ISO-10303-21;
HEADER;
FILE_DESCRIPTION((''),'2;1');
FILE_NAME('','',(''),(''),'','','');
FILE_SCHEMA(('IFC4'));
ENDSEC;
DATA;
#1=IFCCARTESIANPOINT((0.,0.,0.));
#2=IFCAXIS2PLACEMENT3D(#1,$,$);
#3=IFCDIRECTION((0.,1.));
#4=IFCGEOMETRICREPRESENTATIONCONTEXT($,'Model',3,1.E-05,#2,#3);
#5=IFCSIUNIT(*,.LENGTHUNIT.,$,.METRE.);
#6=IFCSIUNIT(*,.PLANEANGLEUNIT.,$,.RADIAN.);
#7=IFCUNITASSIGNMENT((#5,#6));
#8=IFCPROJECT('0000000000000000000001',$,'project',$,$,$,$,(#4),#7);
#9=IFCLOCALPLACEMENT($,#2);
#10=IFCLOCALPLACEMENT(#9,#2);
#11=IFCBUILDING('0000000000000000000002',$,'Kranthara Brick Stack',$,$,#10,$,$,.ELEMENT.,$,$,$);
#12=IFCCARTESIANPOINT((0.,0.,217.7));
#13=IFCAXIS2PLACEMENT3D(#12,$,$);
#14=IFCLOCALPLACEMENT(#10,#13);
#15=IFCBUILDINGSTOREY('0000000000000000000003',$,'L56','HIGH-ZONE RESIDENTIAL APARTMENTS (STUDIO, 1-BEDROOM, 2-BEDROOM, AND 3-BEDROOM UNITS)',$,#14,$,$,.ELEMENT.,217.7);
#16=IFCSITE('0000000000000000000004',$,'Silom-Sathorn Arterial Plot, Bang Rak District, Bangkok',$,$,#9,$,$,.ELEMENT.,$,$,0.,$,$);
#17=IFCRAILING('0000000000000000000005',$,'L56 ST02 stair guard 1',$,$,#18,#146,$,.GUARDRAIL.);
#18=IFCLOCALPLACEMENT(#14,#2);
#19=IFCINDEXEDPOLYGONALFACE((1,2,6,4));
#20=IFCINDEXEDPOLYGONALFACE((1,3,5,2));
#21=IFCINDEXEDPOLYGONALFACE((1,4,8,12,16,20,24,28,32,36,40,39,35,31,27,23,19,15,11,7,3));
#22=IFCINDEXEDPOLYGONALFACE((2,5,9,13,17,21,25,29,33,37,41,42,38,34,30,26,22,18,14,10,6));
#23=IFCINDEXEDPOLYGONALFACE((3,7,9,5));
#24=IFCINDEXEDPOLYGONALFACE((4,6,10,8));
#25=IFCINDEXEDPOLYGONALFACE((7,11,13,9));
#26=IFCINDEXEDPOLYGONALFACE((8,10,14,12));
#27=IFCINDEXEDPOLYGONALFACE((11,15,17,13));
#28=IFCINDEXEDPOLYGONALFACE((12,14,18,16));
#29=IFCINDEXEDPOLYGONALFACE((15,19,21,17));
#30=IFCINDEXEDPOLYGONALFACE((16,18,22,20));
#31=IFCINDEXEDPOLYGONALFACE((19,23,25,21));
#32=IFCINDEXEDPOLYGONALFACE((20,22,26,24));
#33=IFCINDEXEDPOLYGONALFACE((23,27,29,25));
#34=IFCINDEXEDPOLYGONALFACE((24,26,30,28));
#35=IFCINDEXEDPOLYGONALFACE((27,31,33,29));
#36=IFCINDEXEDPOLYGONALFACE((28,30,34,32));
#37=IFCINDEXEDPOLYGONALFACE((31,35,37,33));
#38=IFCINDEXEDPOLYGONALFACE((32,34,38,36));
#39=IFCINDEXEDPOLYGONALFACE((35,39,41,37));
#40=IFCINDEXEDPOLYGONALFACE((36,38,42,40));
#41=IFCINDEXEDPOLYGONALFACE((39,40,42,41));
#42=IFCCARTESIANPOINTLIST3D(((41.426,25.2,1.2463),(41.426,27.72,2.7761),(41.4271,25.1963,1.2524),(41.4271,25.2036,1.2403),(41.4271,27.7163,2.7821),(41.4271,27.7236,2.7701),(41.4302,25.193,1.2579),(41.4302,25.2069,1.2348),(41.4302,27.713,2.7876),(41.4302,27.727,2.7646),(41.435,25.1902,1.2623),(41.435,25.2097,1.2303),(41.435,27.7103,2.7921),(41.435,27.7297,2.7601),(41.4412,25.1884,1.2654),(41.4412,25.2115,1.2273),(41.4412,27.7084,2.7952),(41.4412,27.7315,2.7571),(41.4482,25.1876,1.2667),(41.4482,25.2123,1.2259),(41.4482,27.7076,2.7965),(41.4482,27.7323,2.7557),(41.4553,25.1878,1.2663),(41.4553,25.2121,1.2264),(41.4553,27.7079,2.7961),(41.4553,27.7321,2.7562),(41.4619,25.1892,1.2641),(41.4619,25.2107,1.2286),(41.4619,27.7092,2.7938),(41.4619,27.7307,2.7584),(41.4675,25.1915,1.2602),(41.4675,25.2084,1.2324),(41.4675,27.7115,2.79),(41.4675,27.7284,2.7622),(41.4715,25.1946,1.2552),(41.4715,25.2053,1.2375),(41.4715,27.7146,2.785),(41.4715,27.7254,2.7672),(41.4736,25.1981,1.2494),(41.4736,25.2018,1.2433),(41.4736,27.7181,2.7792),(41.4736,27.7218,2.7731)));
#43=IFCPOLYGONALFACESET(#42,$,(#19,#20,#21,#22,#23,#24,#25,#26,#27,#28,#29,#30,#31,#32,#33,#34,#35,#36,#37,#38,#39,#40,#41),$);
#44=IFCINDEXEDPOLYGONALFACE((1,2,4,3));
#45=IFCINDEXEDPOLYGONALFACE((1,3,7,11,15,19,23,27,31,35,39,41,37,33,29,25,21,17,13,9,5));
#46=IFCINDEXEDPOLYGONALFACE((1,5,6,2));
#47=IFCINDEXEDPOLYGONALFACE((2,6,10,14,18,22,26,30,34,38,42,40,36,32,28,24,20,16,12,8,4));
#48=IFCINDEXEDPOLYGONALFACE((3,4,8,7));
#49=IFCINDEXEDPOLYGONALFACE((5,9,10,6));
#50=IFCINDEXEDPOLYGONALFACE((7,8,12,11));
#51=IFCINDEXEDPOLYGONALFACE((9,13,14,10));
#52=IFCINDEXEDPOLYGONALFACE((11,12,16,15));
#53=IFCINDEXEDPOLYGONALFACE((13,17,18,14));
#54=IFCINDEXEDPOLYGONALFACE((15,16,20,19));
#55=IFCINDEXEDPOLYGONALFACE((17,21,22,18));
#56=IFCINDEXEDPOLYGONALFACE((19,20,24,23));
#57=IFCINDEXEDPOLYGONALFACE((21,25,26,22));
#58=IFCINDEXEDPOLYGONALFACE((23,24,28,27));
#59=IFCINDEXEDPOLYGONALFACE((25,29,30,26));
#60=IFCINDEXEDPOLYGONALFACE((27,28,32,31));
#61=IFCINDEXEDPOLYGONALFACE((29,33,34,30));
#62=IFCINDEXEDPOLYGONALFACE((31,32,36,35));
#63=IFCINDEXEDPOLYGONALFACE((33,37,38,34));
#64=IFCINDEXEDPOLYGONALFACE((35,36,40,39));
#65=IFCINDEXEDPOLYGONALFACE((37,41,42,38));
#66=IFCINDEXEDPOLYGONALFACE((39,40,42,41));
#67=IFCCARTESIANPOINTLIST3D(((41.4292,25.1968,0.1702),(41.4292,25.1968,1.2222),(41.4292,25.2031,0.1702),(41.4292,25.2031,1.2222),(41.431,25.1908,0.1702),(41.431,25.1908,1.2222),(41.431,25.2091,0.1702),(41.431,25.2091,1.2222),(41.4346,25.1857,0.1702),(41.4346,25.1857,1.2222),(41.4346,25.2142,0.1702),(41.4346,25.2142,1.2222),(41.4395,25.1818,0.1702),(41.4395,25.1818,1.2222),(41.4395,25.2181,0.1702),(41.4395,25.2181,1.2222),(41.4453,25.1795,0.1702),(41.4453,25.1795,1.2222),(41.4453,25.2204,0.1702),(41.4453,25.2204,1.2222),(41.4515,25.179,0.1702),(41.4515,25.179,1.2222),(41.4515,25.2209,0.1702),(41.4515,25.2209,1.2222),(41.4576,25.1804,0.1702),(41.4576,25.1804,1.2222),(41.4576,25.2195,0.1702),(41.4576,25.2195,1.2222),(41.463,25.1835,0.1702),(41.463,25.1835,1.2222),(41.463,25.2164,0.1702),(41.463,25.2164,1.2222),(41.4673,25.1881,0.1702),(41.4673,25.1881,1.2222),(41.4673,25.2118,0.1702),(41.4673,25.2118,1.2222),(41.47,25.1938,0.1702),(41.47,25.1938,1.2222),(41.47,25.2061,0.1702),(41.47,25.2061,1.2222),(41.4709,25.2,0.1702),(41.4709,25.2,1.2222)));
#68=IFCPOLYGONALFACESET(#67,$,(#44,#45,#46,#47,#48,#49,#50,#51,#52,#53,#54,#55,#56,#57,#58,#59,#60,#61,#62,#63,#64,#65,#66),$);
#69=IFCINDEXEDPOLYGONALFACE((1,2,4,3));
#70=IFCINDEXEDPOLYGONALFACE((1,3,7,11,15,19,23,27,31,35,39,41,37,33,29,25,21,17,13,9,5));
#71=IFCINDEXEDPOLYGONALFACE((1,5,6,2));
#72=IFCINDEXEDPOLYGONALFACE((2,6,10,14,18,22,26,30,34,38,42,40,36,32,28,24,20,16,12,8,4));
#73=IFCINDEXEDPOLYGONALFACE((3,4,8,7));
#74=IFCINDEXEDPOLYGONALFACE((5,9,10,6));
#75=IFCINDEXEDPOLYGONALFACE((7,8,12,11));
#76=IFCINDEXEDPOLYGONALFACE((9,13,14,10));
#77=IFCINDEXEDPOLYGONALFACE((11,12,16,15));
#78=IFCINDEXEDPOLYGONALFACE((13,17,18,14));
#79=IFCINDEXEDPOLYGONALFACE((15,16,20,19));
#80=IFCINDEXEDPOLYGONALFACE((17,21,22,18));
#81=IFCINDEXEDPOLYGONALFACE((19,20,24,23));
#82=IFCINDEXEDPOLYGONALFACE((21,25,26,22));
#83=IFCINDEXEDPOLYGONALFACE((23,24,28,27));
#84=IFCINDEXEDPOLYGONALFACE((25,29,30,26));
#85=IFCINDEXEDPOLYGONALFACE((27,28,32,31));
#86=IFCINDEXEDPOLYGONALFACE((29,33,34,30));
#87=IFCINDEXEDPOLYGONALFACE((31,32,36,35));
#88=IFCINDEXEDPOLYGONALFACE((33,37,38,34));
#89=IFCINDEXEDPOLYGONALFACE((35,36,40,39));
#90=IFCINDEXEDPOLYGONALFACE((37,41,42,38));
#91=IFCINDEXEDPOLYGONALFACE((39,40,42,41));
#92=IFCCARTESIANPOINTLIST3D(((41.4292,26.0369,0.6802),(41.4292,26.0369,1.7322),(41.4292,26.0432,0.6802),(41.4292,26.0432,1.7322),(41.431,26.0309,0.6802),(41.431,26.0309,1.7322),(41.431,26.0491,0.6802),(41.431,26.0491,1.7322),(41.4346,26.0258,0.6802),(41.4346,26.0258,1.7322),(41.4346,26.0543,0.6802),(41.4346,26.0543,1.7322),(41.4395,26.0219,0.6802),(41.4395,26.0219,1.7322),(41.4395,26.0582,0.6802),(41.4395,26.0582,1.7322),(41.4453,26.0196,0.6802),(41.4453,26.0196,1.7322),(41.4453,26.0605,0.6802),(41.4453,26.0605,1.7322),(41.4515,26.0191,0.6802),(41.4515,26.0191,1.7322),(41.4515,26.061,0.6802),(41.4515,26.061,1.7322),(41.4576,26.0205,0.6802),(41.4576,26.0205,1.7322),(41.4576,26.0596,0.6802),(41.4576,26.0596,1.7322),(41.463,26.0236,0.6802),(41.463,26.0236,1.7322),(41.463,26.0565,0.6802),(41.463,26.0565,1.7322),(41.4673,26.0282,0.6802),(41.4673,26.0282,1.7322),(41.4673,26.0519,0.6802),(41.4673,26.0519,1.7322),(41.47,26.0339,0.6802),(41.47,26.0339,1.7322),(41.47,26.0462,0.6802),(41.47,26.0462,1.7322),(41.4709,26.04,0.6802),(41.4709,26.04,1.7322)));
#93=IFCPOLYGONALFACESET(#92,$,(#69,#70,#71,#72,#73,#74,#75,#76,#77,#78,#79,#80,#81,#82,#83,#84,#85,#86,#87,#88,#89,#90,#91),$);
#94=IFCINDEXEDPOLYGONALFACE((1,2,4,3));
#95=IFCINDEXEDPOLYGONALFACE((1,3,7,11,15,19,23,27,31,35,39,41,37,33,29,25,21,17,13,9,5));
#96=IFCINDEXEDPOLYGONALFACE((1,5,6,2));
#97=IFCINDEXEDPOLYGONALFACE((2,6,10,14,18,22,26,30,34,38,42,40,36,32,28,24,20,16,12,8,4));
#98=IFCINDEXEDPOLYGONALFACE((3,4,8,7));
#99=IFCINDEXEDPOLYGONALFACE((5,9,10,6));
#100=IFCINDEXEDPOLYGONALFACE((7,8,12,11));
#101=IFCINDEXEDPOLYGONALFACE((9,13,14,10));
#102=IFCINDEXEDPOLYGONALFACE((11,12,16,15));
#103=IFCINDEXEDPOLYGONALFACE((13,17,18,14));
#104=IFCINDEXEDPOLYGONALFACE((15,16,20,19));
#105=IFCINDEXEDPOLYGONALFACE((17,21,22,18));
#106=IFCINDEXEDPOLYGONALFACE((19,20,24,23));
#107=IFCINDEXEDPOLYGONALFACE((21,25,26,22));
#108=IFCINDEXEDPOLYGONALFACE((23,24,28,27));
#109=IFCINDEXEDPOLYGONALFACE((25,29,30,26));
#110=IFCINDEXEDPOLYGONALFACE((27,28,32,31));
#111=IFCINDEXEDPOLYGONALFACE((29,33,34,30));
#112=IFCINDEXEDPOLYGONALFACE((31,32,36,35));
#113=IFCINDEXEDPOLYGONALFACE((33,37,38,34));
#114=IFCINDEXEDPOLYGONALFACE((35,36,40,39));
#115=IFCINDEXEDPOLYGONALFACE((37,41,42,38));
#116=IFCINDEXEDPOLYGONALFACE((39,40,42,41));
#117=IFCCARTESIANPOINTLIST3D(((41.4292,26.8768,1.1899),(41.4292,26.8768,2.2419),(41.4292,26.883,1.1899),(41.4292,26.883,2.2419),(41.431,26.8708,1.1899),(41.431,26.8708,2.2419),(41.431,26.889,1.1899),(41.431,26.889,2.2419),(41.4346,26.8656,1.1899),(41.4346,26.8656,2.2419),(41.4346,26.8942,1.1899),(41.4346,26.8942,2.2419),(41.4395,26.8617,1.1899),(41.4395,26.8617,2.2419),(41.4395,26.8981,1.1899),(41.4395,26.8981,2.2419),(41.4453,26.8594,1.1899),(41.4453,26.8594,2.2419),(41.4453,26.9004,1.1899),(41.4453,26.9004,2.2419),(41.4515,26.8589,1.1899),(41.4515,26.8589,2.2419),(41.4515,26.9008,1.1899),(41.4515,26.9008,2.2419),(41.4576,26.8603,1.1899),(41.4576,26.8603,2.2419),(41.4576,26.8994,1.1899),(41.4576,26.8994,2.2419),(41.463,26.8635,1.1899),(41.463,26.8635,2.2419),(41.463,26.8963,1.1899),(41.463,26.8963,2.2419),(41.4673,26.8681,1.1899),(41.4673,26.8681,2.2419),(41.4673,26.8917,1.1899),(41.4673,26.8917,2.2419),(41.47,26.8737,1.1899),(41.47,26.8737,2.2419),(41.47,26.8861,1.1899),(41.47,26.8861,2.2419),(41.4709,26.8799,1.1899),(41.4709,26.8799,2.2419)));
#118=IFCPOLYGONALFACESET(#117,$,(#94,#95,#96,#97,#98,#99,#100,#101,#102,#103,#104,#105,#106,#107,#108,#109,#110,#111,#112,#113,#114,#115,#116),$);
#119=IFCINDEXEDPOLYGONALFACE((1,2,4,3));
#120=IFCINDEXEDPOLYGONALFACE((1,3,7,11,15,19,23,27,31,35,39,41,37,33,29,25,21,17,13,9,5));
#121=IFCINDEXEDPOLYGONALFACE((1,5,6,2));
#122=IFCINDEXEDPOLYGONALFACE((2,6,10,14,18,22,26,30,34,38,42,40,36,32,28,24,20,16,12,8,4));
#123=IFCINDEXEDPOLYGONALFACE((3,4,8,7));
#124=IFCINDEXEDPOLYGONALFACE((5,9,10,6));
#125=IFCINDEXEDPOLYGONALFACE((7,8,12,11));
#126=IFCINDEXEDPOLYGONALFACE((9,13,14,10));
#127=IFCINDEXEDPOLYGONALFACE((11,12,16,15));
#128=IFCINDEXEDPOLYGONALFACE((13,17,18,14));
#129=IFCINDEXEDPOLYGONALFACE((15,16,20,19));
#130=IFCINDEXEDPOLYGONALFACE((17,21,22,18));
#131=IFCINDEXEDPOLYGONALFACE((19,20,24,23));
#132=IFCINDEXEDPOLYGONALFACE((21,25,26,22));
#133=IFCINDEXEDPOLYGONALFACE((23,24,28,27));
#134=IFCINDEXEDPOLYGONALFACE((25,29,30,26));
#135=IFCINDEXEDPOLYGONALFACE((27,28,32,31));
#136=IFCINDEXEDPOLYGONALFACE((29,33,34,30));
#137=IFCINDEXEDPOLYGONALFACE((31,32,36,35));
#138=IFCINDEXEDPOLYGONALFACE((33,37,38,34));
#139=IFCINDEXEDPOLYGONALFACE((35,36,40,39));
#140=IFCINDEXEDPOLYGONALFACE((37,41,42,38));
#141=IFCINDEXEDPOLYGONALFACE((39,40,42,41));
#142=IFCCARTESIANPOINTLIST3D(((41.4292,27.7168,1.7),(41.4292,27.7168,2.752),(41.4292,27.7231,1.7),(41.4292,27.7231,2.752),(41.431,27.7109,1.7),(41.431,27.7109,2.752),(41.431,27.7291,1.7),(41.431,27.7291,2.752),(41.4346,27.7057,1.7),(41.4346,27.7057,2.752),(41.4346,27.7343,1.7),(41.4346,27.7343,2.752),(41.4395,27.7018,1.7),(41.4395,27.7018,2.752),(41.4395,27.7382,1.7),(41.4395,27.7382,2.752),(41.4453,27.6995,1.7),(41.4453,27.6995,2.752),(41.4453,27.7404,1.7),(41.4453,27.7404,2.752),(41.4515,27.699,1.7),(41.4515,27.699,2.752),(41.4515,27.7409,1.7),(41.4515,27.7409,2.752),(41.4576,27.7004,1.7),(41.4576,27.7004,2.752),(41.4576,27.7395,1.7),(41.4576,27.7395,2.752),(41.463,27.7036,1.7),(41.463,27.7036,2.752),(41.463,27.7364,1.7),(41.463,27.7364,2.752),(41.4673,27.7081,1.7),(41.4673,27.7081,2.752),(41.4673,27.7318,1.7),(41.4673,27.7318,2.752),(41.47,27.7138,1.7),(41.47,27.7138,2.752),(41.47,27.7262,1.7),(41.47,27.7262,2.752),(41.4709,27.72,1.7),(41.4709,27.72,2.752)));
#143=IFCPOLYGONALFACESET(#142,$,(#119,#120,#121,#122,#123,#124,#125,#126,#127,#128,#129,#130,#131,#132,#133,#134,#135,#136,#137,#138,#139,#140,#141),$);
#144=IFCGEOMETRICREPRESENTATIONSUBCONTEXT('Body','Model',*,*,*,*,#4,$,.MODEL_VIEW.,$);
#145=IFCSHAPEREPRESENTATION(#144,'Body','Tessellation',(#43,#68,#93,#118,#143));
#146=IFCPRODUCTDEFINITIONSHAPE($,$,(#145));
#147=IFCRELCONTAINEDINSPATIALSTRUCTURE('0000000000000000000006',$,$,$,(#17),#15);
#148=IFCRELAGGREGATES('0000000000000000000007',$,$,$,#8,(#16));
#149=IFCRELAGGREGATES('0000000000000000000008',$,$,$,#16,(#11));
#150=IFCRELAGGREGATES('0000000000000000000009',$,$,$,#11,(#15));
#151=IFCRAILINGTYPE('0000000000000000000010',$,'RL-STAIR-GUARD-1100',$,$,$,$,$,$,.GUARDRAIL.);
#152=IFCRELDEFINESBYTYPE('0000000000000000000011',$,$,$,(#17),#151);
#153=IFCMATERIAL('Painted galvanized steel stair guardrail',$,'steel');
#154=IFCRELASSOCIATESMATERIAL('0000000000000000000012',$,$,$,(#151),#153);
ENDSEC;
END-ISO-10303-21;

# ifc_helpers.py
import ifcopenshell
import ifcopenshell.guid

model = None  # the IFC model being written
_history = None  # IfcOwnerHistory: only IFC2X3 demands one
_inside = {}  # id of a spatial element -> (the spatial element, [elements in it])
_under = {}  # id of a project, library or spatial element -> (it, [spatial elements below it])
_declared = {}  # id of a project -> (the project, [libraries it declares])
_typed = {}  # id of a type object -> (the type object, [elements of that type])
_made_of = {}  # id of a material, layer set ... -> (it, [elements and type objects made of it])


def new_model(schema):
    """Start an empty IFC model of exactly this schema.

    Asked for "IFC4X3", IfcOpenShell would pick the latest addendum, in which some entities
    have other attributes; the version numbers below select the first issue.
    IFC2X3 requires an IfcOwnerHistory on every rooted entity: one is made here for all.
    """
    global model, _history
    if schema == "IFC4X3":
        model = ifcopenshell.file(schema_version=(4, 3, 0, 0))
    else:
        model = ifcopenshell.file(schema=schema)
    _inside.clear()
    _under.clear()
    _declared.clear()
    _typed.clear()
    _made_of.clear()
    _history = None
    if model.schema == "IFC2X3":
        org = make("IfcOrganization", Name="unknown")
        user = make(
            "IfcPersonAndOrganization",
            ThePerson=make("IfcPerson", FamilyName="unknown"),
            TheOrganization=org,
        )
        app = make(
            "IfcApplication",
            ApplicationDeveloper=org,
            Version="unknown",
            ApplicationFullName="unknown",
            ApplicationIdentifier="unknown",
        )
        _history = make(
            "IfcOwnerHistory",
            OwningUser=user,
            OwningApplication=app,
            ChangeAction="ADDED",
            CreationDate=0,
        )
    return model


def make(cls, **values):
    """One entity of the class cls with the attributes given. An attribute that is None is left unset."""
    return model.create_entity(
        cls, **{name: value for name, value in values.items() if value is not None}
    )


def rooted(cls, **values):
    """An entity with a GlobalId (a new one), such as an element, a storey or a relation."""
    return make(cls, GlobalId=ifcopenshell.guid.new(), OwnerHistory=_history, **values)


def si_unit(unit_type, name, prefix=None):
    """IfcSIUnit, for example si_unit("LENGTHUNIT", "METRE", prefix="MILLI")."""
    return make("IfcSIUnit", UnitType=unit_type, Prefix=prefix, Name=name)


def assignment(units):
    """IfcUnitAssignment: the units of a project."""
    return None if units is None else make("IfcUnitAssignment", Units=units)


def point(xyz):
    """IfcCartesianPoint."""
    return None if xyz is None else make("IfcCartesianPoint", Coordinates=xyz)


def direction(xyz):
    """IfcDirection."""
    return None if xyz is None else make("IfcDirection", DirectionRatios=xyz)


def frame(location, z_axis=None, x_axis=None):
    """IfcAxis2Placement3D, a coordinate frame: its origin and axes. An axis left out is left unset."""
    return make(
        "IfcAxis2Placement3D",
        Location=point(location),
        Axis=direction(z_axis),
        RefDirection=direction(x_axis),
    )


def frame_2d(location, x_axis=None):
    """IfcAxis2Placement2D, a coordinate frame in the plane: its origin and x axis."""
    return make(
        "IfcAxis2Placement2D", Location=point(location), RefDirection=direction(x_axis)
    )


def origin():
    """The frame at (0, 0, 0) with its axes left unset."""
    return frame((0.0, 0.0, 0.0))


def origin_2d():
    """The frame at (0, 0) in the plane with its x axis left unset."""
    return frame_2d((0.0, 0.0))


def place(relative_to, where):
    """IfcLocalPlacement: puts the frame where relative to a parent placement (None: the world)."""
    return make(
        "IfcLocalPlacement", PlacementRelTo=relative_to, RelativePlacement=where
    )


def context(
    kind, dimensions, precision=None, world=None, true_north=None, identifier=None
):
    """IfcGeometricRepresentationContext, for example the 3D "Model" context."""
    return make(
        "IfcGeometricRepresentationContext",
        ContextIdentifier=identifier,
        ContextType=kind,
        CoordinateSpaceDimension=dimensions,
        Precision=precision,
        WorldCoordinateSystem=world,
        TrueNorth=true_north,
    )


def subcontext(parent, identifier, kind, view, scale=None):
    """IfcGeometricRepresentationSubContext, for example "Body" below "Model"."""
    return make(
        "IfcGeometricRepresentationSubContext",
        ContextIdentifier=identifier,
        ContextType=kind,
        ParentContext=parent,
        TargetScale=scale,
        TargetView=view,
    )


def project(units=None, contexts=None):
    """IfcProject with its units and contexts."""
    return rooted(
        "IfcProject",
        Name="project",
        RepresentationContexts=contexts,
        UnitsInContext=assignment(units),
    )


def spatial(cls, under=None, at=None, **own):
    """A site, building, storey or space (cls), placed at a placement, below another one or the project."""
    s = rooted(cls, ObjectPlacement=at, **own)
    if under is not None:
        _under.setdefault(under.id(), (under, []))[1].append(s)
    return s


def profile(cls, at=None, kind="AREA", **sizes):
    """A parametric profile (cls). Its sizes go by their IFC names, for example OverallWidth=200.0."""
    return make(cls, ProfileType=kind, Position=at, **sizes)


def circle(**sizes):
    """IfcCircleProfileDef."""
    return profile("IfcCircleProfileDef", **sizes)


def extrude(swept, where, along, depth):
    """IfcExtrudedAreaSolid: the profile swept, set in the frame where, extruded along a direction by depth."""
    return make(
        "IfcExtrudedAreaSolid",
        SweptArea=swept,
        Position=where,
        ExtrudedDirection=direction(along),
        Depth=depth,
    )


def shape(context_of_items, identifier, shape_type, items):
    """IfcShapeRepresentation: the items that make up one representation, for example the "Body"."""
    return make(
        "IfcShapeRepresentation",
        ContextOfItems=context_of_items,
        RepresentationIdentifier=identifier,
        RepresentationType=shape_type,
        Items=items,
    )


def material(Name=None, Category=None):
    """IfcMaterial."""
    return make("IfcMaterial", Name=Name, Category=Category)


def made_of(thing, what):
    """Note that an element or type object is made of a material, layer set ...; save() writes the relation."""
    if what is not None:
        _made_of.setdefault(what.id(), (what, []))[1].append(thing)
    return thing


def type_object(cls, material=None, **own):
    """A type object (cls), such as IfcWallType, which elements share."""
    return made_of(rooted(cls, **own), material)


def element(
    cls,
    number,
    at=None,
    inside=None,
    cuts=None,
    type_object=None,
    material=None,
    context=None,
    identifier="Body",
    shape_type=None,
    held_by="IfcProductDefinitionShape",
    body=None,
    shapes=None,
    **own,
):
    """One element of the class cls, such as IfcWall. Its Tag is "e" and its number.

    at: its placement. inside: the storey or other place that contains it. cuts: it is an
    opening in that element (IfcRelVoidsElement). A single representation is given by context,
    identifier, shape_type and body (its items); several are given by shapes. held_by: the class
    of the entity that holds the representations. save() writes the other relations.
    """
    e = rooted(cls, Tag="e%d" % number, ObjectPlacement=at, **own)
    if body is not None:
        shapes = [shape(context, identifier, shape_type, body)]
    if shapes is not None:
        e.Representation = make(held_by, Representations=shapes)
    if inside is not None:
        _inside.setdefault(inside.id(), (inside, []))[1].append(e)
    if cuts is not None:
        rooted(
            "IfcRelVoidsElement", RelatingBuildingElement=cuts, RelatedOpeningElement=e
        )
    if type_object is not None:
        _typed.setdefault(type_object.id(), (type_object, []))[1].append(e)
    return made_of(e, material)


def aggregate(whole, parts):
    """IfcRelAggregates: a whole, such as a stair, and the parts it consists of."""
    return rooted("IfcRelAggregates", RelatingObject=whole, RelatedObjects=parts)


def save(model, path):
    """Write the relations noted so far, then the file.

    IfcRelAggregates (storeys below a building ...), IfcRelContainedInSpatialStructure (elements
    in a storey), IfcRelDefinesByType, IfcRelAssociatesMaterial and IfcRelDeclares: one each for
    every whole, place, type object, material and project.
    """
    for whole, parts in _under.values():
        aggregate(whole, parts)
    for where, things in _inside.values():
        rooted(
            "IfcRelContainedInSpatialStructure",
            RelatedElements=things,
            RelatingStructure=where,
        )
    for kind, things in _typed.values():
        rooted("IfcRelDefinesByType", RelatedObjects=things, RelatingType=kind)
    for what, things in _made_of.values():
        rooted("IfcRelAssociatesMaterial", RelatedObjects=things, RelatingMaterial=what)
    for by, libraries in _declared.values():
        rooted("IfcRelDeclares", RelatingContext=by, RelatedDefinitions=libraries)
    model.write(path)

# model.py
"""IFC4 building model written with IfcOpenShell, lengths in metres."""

from ifc_helpers import new_model, si_unit, direction, frame, origin, origin_2d, place, context, subcontext, project, spatial, circle, extrude, material, type_object, element, save


model = new_model("IFC4")

# Units and contexts
model_context = context("Model", 3, precision=1e-05, world=origin(), true_north=direction((0.0, 1.0)))
body_context = subcontext(model_context, "Body", "Model", "MODEL_VIEW")
ifc_project = project(units=[si_unit("LENGTHUNIT", "METRE"), si_unit("PLANEANGLEUNIT", "RADIAN")], contexts=[model_context])

# Site, building, storey
site_placement = place(None, origin())
site = spatial("IfcSite", under=ifc_project, at=site_placement, Name="Silom-Sathorn Arterial Plot, Bang Rak District, Bangkok", CompositionType="ELEMENT", RefElevation=0.0)
building_placement = place(site_placement, origin())
building = spatial("IfcBuilding", under=site, at=building_placement, Name="Kranthara Brick Stack", CompositionType="ELEMENT")
storey_placement = place(building_placement, frame((0.0, 0.0, 217.7)))
storey = spatial("IfcBuildingStorey", under=building, at=storey_placement, Name="L56", Description="HIGH-ZONE RESIDENTIAL APARTMENTS (STUDIO, 1-BEDROOM, 2-BEDROOM, AND 3-BEDROOM UNITS)", CompositionType="ELEMENT", Elevation=217.7)

# Railing
ifc_material_1 = material(Name="Painted galvanized steel stair guardrail", Category="steel")
railing_type_1 = type_object("IfcRailingType", Name="RL-STAIR-GUARD-1100", PredefinedType="GUARDRAIL", material=ifc_material_1)
railing_1_placement = place(storey_placement, frame((41.45, 25.2, 0.1702)))
element("IfcRailing", 1, at=railing_1_placement, inside=storey, type_object=railing_type_1, Name="L56 ST02 stair guard 1", PredefinedType="GUARDRAIL", context=body_context, shape_type="SweptSolid", body=[
    extrude(circle(Radius=0.0239, at=origin_2d()), frame((0.0, 0.0, 1.0762), z_axis=(0.0, 0.854822, 0.518922), x_axis=(-1.0, 0.0, 0.0)), (0.0, 0.0, 1.0), 2.948),
    extrude(circle(Radius=0.021, at=origin_2d()), origin(), (0.0, 0.0, 1.0), 1.052),
    extrude(circle(Radius=0.021, at=origin_2d()), frame((0.0, 0.8401, 0.51)), (0.0, 0.0, 1.0), 1.052),
    extrude(circle(Radius=0.021, at=origin_2d()), frame((0.0, 1.6799, 1.0198)), (0.0, 0.0, 1.0), 1.052),
    extrude(circle(Radius=0.021, at=origin_2d()), frame((0.0, 2.52, 1.5298)), (0.0, 0.0, 1.0), 1.052),
])

save(model, "model.ifc")
